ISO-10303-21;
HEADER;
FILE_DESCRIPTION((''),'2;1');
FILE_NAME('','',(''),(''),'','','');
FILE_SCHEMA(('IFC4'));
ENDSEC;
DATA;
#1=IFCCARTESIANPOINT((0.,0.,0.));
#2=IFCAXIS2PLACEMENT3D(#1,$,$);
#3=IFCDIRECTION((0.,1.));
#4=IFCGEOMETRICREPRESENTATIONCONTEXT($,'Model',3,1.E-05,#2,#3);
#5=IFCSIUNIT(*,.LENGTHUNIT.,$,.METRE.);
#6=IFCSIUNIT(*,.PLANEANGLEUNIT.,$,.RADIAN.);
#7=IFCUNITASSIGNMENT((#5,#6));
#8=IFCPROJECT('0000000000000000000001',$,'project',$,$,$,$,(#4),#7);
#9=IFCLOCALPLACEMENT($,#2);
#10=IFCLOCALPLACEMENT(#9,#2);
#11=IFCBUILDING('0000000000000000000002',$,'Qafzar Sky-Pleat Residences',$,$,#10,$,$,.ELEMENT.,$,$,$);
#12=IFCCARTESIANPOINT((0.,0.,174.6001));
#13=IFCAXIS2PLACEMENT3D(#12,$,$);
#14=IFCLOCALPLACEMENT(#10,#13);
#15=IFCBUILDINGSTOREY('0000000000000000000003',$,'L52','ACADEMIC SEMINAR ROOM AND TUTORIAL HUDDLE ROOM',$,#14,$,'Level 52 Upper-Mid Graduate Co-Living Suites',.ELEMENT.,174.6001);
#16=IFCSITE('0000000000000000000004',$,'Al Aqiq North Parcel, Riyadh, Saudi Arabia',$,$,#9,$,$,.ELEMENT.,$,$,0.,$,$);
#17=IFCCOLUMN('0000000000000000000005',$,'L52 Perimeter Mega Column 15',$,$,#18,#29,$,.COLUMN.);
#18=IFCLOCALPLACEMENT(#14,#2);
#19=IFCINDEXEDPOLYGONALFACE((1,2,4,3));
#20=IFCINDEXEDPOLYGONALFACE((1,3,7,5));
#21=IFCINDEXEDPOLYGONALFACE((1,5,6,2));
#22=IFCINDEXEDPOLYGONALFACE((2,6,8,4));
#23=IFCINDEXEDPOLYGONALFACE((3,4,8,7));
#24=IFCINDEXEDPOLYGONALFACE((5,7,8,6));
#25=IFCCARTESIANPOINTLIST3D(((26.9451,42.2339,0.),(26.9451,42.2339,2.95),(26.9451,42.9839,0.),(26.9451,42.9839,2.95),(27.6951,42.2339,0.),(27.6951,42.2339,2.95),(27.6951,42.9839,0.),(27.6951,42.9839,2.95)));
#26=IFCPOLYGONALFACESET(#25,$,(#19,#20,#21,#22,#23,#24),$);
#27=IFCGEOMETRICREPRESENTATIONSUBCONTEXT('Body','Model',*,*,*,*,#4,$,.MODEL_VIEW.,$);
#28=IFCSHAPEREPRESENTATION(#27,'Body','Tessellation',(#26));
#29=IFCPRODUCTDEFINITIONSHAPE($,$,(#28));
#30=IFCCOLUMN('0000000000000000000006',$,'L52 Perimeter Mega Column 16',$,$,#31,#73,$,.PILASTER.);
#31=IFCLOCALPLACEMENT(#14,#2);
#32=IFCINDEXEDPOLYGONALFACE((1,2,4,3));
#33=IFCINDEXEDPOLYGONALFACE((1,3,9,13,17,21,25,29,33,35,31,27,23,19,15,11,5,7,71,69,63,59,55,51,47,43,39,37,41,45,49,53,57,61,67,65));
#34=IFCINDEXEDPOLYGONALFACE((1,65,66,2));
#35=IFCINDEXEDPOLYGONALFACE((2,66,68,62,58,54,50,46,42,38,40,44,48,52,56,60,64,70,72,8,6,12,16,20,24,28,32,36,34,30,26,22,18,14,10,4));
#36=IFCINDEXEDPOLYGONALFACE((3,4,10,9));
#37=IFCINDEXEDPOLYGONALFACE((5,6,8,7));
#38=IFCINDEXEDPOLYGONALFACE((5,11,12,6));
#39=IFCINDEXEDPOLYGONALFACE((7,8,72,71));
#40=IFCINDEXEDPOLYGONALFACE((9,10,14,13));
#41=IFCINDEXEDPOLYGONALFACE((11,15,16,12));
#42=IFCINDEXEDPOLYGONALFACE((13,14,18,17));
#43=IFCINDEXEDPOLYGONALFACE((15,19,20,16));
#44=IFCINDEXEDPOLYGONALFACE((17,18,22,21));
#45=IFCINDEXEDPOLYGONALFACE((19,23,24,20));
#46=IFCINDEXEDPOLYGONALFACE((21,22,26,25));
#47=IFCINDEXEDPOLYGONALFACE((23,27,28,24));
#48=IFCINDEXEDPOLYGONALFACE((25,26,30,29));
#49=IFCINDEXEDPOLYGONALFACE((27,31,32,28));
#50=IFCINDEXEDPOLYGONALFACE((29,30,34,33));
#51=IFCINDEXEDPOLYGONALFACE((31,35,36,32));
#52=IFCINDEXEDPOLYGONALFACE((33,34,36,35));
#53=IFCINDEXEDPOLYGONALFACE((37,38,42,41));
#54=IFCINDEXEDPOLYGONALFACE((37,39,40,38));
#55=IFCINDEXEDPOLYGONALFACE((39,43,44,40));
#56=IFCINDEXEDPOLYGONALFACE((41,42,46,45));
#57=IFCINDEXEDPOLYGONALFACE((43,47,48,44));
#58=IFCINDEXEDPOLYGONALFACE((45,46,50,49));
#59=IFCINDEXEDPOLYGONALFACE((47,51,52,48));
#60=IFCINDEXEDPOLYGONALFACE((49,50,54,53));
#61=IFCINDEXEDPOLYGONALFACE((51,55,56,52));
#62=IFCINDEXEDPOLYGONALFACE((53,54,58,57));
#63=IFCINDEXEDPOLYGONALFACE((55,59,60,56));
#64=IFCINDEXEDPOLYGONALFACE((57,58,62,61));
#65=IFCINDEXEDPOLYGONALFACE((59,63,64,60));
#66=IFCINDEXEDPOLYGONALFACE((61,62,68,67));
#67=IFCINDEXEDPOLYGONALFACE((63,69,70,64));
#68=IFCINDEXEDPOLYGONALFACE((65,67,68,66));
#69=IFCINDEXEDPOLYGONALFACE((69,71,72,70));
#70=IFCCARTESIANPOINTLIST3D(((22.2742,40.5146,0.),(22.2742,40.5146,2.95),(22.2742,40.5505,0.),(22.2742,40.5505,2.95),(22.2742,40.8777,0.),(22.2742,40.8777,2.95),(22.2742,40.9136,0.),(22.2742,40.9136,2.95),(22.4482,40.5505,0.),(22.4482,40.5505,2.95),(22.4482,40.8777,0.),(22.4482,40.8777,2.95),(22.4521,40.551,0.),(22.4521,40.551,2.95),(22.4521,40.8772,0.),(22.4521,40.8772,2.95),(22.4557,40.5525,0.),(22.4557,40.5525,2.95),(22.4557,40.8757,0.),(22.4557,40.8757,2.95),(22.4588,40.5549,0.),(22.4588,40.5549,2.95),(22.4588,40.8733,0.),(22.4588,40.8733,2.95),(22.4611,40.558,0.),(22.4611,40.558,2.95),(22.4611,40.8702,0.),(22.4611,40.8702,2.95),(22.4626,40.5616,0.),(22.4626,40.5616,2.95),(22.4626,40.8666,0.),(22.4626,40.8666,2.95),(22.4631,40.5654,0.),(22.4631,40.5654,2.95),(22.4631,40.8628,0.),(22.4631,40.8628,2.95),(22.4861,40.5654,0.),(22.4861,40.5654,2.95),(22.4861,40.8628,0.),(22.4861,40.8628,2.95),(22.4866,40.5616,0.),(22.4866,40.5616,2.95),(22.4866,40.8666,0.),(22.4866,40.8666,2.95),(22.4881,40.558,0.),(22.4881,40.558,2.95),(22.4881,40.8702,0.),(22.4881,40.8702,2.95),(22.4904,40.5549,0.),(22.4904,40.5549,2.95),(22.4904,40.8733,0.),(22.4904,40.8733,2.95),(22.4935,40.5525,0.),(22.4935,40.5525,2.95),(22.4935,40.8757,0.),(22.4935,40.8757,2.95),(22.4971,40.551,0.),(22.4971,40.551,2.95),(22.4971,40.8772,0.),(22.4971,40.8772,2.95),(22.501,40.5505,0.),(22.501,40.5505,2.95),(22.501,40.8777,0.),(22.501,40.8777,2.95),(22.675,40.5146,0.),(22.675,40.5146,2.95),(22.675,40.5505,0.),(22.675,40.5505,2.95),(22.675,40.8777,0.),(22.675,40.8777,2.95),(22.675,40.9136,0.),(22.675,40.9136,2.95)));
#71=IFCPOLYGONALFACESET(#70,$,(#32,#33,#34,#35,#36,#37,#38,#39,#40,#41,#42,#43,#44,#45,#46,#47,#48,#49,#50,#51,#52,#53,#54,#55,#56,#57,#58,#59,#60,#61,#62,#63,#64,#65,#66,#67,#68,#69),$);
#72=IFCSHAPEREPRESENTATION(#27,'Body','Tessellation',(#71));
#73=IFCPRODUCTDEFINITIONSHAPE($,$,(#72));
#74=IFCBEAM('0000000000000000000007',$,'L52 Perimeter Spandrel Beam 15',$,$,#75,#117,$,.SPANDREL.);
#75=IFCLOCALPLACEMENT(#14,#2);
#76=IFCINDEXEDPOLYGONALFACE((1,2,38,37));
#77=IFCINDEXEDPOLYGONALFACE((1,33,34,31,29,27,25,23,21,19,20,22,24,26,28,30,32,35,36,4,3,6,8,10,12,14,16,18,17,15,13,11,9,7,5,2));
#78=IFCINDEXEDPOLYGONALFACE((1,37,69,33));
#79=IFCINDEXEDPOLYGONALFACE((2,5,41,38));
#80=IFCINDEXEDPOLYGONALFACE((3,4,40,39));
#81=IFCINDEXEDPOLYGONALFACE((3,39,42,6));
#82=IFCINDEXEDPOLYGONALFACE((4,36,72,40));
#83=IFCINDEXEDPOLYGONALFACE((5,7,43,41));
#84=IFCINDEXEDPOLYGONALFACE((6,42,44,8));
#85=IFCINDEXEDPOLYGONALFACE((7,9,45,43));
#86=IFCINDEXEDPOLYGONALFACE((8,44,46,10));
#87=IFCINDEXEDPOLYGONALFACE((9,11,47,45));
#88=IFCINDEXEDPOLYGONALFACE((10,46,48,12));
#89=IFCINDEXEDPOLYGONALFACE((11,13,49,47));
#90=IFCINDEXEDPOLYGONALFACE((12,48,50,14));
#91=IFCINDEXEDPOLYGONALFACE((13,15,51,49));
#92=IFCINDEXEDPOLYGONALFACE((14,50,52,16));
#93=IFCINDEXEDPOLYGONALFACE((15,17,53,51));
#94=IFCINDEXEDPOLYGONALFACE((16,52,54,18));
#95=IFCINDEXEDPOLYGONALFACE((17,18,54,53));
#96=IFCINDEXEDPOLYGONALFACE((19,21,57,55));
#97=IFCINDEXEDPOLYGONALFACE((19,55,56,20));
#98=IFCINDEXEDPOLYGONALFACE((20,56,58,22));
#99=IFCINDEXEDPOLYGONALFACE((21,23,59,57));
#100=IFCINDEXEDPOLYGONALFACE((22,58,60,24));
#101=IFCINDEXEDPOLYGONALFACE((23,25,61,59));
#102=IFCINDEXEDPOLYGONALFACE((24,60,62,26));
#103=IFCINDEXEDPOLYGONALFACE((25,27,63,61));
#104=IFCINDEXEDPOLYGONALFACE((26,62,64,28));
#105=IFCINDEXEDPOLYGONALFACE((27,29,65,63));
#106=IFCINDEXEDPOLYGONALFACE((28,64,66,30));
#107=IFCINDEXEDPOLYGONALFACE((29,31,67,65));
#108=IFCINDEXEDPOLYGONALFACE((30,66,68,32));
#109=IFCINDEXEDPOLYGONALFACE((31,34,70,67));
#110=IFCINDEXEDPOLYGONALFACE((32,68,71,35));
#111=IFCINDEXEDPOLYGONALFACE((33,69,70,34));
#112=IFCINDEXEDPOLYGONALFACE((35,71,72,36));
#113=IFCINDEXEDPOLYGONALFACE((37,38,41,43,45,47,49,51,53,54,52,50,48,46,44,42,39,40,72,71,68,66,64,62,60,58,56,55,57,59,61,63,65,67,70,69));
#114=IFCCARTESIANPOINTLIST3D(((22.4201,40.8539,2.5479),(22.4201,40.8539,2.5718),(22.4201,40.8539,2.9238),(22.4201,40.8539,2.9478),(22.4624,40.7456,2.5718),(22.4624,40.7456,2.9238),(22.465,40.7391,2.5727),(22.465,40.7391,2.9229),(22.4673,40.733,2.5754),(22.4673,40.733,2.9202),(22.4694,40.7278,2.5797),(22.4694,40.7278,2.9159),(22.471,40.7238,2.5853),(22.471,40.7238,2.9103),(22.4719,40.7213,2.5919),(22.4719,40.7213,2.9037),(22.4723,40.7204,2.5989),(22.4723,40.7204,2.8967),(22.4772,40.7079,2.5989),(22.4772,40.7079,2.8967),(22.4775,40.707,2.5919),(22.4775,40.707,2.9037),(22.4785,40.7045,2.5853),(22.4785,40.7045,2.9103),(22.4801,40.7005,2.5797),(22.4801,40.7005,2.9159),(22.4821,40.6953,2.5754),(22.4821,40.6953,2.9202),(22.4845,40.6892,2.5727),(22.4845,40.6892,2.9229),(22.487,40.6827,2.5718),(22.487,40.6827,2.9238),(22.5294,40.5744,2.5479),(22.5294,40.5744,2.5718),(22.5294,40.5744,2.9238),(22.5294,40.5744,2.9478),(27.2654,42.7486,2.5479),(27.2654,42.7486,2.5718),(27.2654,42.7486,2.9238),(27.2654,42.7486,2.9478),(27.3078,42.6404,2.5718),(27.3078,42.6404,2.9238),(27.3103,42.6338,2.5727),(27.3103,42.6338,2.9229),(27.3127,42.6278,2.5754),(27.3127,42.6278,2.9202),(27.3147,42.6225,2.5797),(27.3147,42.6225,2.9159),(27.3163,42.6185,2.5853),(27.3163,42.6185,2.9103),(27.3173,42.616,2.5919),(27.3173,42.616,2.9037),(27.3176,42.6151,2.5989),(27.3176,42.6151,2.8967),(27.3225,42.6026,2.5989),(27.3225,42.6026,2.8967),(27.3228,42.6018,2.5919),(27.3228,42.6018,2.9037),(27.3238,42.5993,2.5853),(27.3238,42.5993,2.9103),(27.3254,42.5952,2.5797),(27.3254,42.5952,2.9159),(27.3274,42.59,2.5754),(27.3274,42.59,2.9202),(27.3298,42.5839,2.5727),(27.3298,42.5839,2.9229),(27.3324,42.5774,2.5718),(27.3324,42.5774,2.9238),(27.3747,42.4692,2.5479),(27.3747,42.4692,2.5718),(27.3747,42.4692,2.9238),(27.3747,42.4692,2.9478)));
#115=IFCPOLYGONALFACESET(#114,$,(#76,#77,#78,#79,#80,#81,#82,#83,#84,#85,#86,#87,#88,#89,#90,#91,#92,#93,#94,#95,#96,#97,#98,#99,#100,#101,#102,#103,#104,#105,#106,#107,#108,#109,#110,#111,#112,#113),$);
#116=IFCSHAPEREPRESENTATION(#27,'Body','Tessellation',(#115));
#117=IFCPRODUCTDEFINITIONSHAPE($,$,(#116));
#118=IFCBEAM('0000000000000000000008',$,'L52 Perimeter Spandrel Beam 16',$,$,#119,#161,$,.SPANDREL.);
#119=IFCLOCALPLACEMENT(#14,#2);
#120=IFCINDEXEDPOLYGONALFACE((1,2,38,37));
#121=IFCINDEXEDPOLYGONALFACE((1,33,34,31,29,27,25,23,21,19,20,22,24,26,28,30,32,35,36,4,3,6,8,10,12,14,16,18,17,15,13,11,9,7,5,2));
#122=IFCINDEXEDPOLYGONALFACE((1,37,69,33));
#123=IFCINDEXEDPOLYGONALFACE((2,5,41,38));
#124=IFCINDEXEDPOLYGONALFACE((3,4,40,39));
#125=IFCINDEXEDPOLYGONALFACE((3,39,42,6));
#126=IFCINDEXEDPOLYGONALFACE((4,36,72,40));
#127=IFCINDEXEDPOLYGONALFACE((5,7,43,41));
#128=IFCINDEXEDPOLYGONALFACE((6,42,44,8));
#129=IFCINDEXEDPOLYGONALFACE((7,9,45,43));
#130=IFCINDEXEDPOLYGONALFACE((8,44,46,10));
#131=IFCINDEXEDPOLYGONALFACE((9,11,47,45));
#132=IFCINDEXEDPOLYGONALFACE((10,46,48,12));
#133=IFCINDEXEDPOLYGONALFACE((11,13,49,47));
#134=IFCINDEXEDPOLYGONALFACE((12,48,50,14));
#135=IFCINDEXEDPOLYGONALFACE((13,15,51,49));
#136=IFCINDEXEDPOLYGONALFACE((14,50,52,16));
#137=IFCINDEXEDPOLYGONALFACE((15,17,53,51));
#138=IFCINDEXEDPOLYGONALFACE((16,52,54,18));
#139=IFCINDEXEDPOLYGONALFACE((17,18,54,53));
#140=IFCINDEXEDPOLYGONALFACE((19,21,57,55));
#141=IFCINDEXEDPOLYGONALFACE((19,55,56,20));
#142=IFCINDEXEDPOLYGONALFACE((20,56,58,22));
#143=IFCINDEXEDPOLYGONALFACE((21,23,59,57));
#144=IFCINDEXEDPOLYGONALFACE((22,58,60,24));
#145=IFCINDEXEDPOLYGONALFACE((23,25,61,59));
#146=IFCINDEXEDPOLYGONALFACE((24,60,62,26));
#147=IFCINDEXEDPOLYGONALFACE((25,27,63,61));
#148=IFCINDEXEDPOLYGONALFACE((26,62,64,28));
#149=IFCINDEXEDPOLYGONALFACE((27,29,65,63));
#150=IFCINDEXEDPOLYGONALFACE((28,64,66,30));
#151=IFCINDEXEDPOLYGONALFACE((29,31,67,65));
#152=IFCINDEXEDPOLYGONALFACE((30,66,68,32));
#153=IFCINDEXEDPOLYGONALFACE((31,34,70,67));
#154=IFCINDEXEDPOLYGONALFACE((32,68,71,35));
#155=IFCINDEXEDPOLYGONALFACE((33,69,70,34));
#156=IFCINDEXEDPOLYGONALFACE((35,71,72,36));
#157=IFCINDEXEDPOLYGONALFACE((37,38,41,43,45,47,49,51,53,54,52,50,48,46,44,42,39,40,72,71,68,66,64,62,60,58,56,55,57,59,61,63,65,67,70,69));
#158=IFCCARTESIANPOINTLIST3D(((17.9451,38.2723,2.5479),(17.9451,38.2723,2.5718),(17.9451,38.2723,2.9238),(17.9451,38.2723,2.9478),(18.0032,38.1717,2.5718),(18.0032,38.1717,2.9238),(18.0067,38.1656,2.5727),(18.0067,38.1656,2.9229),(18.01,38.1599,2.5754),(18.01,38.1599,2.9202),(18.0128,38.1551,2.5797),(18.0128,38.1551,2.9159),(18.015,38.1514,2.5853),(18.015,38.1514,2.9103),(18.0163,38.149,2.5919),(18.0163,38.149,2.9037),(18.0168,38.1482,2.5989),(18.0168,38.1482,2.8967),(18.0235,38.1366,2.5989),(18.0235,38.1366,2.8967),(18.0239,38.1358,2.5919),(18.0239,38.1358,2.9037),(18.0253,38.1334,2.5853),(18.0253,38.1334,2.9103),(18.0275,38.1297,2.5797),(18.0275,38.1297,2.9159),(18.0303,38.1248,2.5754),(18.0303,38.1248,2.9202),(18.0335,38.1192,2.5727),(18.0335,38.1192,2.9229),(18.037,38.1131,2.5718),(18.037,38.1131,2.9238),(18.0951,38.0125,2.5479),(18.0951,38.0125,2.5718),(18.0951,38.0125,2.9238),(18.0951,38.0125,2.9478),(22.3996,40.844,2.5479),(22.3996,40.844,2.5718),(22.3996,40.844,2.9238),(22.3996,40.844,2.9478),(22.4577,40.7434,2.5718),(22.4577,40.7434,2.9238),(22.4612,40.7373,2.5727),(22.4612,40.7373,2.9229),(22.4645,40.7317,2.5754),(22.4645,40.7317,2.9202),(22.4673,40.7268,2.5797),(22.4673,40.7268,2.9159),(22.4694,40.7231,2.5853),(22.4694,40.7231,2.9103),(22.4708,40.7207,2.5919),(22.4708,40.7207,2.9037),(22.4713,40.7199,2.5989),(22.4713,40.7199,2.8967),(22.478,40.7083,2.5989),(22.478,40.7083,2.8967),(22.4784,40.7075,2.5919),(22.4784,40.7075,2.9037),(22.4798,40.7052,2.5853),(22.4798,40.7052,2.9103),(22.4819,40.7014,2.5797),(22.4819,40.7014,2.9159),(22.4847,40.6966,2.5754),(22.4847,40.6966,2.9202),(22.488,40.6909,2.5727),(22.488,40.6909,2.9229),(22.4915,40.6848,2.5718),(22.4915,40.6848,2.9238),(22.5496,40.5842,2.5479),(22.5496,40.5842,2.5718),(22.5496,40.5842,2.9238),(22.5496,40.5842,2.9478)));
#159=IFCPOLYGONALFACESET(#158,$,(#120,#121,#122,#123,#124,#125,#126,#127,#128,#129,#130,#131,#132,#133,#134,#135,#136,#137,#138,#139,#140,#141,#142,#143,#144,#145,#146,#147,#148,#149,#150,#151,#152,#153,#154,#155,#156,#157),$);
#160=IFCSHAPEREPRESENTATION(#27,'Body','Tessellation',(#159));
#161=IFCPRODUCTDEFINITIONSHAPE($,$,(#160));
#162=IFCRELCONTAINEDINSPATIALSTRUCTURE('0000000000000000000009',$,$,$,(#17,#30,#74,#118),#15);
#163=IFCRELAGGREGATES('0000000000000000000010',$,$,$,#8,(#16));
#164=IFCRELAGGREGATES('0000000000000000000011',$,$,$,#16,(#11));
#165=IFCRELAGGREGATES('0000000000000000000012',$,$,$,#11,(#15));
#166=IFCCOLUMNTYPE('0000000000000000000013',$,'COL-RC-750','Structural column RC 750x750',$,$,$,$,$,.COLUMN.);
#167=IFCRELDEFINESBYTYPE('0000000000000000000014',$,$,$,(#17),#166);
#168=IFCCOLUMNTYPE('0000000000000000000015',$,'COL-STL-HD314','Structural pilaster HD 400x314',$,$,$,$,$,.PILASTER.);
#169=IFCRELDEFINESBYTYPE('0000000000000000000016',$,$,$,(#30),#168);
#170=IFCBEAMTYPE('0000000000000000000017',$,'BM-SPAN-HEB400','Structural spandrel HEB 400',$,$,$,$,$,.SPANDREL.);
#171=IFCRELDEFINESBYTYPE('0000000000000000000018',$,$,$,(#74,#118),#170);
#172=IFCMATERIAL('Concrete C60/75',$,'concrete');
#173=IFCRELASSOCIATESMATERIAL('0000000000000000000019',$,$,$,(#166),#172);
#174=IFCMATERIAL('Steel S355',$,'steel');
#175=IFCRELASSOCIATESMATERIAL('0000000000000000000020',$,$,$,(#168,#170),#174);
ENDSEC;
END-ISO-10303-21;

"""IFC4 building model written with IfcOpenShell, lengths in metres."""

from ifc_helpers import new_model, si_unit, direction, frame, origin, origin_2d, place, context, subcontext, project, spatial, rectangle, i_section, extrude, source, transform, mapped, material, material_profile, profile_set, type_object, element, save


model = new_model("IFC4")

# Units and contexts
model_context = context("Model", 3, precision=1e-05, world=origin(), true_north=direction((0.0, 1.0)))
body_context = subcontext(model_context, "Body", "Model", "MODEL_VIEW")
ifc_project = project(units=[si_unit("LENGTHUNIT", "METRE"), si_unit("PLANEANGLEUNIT", "RADIAN")], contexts=[model_context])

# Site, building, storey
site_placement = place(None, origin())
site = spatial("IfcSite", under=ifc_project, at=site_placement, Name="Al Aqiq North Parcel, Riyadh, Saudi Arabia", CompositionType="ELEMENT", RefElevation=0.0)
building_placement = place(site_placement, origin())
building = spatial("IfcBuilding", under=site, at=building_placement, Name="Qafzar Sky-Pleat Residences", CompositionType="ELEMENT")
storey_placement = place(building_placement, frame((0.0, 0.0, 174.6001)))
storey = spatial("IfcBuildingStorey", under=building, at=storey_placement, Name="L52", Description="ACADEMIC SEMINAR ROOM AND TUTORIAL HUDDLE ROOM", LongName="Level 52 Upper-Mid Graduate Co-Living Suites", CompositionType="ELEMENT", Elevation=174.6001)

# Columns
ifc_material_1 = material(Name="Concrete C60/75", Category="concrete")
ifc_material_profile_1 = material_profile(ifc_material_1, rectangle(XDim=0.75, YDim=0.75, at=origin_2d()), Name="RC 750x750")
ifc_profile_set_1 = profile_set([ifc_material_profile_1], Name="Concrete C60/75")
column_type_1 = type_object("IfcColumnType", Name="COL-RC-750", Description="Structural column RC 750x750", PredefinedType="COLUMN", material=ifc_profile_set_1)
shared_shape_1 = source(origin(), body_context, "Body", "SweptSolid", [
    extrude(rectangle(XDim=0.75, YDim=0.75, at=origin_2d()), origin(), (0.0, 0.0, 1.0), 2.95),
])
column_1_placement = place(storey_placement, frame((27.3201, 42.6089, 0.0), z_axis=(0.0, 0.0, 1.0), x_axis=(1.0, 0.0, 0.0)))
element("IfcColumn", 1, at=column_1_placement, inside=storey, type_object=column_type_1, Name="L52 Perimeter Mega Column 15", PredefinedType="COLUMN", context=body_context, shape_type="MappedRepresentation", body=[
    mapped(shared_shape_1, transform((0.0, 0.0, 0.0), x_axis=(1.0, 0.0, 0.0), y_axis=(0.0, 1.0, 0.0), z_axis=(0.0, 0.0, 1.0), scale=1.0)),
])
ifc_material_2 = material(Name="Steel S355", Category="steel")
ifc_material_profile_2 = material_profile(ifc_material_2, i_section(OverallWidth=0.4009, OverallDepth=0.3989, WebThickness=0.0229, FlangeThickness=0.0359, FilletRadius=0.0149, at=origin_2d()), Name="HD 400x314")
ifc_profile_set_2 = profile_set([ifc_material_profile_2], Name="Steel S355")
column_type_2 = type_object("IfcColumnType", Name="COL-STL-HD314", Description="Structural pilaster HD 400x314", PredefinedType="PILASTER", material=ifc_profile_set_2)
shared_shape_2 = source(origin(), body_context, "Body", "SweptSolid", [
    extrude(i_section(OverallWidth=0.4009, OverallDepth=0.3989, WebThickness=0.0229, FlangeThickness=0.0359, FilletRadius=0.0149, at=origin_2d()), origin(), (0.0, 0.0, 1.0), 2.95),
])
column_2_placement = place(storey_placement, frame((22.4746, 40.7141, 0.0), z_axis=(0.0, 0.0, 1.0), x_axis=(1.0, 0.0, 0.0)))
element("IfcColumn", 2, at=column_2_placement, inside=storey, type_object=column_type_2, Name="L52 Perimeter Mega Column 16", PredefinedType="PILASTER", context=body_context, shape_type="MappedRepresentation", body=[
    mapped(shared_shape_2, transform((0.0, 0.0, 0.0), x_axis=(1.0, 0.0, 0.0), y_axis=(0.0, 1.0, 0.0), z_axis=(0.0, 0.0, 1.0), scale=1.0)),
])

# Beams
ifc_material_profile_3 = material_profile(ifc_material_2, i_section(OverallWidth=0.3, OverallDepth=0.3999, WebThickness=0.0134, FlangeThickness=0.0239, FilletRadius=0.0271, at=origin_2d()), Name="HEB 400")
ifc_profile_set_3 = profile_set([ifc_material_profile_3], Name="Steel S355")
beam_type_1 = type_object("IfcBeamType", Name="BM-SPAN-HEB400", Description="Structural spandrel HEB 400", PredefinedType="SPANDREL", material=ifc_profile_set_3)
shared_shape_3 = source(origin(), body_context, "Body", "SweptSolid", [
    extrude(i_section(OverallWidth=0.3, OverallDepth=0.3999, WebThickness=0.0134, FlangeThickness=0.0239, FilletRadius=0.0271, at=origin_2d()), origin(), (0.0, 0.0, 1.0), 5.2026),
])
beam_1_placement = place(storey_placement, frame((27.3201, 42.6089, 2.7478), z_axis=(-0.931326, -0.364187, 0.0), x_axis=(0.364187, -0.931326, 0.0)))
element("IfcBeam", 3, at=beam_1_placement, inside=storey, type_object=beam_type_1, Name="L52 Perimeter Spandrel Beam 15", PredefinedType="SPANDREL", context=body_context, shape_type="MappedRepresentation", body=[
    mapped(shared_shape_3, transform((0.0, 0.0, 0.0), x_axis=(1.0, 0.0, 0.0), y_axis=(0.0, 1.0, 0.0), z_axis=(0.0, 0.0, 1.0), scale=1.0)),
])
shared_shape_4 = source(origin(), body_context, "Body", "SweptSolid", [
    extrude(i_section(OverallWidth=0.3, OverallDepth=0.3999, WebThickness=0.0134, FlangeThickness=0.0239, FilletRadius=0.0271, at=origin_2d()), origin(), (0.0, 0.0, 1.0), 5.1436),
])
beam_2_placement = place(storey_placement, frame((22.4746, 40.7141, 2.7478), z_axis=(-0.866032, -0.499988, 0.0), x_axis=(0.499988, -0.866032, 0.0)))
element("IfcBeam", 4, at=beam_2_placement, inside=storey, type_object=beam_type_1, Name="L52 Perimeter Spandrel Beam 16", PredefinedType="SPANDREL", context=body_context, shape_type="MappedRepresentation", body=[
    mapped(shared_shape_4, transform((0.0, 0.0, 0.0), x_axis=(1.0, 0.0, 0.0), y_axis=(0.0, 1.0, 0.0), z_axis=(0.0, 0.0, 1.0), scale=1.0)),
])

save(model, "model.ifc")
